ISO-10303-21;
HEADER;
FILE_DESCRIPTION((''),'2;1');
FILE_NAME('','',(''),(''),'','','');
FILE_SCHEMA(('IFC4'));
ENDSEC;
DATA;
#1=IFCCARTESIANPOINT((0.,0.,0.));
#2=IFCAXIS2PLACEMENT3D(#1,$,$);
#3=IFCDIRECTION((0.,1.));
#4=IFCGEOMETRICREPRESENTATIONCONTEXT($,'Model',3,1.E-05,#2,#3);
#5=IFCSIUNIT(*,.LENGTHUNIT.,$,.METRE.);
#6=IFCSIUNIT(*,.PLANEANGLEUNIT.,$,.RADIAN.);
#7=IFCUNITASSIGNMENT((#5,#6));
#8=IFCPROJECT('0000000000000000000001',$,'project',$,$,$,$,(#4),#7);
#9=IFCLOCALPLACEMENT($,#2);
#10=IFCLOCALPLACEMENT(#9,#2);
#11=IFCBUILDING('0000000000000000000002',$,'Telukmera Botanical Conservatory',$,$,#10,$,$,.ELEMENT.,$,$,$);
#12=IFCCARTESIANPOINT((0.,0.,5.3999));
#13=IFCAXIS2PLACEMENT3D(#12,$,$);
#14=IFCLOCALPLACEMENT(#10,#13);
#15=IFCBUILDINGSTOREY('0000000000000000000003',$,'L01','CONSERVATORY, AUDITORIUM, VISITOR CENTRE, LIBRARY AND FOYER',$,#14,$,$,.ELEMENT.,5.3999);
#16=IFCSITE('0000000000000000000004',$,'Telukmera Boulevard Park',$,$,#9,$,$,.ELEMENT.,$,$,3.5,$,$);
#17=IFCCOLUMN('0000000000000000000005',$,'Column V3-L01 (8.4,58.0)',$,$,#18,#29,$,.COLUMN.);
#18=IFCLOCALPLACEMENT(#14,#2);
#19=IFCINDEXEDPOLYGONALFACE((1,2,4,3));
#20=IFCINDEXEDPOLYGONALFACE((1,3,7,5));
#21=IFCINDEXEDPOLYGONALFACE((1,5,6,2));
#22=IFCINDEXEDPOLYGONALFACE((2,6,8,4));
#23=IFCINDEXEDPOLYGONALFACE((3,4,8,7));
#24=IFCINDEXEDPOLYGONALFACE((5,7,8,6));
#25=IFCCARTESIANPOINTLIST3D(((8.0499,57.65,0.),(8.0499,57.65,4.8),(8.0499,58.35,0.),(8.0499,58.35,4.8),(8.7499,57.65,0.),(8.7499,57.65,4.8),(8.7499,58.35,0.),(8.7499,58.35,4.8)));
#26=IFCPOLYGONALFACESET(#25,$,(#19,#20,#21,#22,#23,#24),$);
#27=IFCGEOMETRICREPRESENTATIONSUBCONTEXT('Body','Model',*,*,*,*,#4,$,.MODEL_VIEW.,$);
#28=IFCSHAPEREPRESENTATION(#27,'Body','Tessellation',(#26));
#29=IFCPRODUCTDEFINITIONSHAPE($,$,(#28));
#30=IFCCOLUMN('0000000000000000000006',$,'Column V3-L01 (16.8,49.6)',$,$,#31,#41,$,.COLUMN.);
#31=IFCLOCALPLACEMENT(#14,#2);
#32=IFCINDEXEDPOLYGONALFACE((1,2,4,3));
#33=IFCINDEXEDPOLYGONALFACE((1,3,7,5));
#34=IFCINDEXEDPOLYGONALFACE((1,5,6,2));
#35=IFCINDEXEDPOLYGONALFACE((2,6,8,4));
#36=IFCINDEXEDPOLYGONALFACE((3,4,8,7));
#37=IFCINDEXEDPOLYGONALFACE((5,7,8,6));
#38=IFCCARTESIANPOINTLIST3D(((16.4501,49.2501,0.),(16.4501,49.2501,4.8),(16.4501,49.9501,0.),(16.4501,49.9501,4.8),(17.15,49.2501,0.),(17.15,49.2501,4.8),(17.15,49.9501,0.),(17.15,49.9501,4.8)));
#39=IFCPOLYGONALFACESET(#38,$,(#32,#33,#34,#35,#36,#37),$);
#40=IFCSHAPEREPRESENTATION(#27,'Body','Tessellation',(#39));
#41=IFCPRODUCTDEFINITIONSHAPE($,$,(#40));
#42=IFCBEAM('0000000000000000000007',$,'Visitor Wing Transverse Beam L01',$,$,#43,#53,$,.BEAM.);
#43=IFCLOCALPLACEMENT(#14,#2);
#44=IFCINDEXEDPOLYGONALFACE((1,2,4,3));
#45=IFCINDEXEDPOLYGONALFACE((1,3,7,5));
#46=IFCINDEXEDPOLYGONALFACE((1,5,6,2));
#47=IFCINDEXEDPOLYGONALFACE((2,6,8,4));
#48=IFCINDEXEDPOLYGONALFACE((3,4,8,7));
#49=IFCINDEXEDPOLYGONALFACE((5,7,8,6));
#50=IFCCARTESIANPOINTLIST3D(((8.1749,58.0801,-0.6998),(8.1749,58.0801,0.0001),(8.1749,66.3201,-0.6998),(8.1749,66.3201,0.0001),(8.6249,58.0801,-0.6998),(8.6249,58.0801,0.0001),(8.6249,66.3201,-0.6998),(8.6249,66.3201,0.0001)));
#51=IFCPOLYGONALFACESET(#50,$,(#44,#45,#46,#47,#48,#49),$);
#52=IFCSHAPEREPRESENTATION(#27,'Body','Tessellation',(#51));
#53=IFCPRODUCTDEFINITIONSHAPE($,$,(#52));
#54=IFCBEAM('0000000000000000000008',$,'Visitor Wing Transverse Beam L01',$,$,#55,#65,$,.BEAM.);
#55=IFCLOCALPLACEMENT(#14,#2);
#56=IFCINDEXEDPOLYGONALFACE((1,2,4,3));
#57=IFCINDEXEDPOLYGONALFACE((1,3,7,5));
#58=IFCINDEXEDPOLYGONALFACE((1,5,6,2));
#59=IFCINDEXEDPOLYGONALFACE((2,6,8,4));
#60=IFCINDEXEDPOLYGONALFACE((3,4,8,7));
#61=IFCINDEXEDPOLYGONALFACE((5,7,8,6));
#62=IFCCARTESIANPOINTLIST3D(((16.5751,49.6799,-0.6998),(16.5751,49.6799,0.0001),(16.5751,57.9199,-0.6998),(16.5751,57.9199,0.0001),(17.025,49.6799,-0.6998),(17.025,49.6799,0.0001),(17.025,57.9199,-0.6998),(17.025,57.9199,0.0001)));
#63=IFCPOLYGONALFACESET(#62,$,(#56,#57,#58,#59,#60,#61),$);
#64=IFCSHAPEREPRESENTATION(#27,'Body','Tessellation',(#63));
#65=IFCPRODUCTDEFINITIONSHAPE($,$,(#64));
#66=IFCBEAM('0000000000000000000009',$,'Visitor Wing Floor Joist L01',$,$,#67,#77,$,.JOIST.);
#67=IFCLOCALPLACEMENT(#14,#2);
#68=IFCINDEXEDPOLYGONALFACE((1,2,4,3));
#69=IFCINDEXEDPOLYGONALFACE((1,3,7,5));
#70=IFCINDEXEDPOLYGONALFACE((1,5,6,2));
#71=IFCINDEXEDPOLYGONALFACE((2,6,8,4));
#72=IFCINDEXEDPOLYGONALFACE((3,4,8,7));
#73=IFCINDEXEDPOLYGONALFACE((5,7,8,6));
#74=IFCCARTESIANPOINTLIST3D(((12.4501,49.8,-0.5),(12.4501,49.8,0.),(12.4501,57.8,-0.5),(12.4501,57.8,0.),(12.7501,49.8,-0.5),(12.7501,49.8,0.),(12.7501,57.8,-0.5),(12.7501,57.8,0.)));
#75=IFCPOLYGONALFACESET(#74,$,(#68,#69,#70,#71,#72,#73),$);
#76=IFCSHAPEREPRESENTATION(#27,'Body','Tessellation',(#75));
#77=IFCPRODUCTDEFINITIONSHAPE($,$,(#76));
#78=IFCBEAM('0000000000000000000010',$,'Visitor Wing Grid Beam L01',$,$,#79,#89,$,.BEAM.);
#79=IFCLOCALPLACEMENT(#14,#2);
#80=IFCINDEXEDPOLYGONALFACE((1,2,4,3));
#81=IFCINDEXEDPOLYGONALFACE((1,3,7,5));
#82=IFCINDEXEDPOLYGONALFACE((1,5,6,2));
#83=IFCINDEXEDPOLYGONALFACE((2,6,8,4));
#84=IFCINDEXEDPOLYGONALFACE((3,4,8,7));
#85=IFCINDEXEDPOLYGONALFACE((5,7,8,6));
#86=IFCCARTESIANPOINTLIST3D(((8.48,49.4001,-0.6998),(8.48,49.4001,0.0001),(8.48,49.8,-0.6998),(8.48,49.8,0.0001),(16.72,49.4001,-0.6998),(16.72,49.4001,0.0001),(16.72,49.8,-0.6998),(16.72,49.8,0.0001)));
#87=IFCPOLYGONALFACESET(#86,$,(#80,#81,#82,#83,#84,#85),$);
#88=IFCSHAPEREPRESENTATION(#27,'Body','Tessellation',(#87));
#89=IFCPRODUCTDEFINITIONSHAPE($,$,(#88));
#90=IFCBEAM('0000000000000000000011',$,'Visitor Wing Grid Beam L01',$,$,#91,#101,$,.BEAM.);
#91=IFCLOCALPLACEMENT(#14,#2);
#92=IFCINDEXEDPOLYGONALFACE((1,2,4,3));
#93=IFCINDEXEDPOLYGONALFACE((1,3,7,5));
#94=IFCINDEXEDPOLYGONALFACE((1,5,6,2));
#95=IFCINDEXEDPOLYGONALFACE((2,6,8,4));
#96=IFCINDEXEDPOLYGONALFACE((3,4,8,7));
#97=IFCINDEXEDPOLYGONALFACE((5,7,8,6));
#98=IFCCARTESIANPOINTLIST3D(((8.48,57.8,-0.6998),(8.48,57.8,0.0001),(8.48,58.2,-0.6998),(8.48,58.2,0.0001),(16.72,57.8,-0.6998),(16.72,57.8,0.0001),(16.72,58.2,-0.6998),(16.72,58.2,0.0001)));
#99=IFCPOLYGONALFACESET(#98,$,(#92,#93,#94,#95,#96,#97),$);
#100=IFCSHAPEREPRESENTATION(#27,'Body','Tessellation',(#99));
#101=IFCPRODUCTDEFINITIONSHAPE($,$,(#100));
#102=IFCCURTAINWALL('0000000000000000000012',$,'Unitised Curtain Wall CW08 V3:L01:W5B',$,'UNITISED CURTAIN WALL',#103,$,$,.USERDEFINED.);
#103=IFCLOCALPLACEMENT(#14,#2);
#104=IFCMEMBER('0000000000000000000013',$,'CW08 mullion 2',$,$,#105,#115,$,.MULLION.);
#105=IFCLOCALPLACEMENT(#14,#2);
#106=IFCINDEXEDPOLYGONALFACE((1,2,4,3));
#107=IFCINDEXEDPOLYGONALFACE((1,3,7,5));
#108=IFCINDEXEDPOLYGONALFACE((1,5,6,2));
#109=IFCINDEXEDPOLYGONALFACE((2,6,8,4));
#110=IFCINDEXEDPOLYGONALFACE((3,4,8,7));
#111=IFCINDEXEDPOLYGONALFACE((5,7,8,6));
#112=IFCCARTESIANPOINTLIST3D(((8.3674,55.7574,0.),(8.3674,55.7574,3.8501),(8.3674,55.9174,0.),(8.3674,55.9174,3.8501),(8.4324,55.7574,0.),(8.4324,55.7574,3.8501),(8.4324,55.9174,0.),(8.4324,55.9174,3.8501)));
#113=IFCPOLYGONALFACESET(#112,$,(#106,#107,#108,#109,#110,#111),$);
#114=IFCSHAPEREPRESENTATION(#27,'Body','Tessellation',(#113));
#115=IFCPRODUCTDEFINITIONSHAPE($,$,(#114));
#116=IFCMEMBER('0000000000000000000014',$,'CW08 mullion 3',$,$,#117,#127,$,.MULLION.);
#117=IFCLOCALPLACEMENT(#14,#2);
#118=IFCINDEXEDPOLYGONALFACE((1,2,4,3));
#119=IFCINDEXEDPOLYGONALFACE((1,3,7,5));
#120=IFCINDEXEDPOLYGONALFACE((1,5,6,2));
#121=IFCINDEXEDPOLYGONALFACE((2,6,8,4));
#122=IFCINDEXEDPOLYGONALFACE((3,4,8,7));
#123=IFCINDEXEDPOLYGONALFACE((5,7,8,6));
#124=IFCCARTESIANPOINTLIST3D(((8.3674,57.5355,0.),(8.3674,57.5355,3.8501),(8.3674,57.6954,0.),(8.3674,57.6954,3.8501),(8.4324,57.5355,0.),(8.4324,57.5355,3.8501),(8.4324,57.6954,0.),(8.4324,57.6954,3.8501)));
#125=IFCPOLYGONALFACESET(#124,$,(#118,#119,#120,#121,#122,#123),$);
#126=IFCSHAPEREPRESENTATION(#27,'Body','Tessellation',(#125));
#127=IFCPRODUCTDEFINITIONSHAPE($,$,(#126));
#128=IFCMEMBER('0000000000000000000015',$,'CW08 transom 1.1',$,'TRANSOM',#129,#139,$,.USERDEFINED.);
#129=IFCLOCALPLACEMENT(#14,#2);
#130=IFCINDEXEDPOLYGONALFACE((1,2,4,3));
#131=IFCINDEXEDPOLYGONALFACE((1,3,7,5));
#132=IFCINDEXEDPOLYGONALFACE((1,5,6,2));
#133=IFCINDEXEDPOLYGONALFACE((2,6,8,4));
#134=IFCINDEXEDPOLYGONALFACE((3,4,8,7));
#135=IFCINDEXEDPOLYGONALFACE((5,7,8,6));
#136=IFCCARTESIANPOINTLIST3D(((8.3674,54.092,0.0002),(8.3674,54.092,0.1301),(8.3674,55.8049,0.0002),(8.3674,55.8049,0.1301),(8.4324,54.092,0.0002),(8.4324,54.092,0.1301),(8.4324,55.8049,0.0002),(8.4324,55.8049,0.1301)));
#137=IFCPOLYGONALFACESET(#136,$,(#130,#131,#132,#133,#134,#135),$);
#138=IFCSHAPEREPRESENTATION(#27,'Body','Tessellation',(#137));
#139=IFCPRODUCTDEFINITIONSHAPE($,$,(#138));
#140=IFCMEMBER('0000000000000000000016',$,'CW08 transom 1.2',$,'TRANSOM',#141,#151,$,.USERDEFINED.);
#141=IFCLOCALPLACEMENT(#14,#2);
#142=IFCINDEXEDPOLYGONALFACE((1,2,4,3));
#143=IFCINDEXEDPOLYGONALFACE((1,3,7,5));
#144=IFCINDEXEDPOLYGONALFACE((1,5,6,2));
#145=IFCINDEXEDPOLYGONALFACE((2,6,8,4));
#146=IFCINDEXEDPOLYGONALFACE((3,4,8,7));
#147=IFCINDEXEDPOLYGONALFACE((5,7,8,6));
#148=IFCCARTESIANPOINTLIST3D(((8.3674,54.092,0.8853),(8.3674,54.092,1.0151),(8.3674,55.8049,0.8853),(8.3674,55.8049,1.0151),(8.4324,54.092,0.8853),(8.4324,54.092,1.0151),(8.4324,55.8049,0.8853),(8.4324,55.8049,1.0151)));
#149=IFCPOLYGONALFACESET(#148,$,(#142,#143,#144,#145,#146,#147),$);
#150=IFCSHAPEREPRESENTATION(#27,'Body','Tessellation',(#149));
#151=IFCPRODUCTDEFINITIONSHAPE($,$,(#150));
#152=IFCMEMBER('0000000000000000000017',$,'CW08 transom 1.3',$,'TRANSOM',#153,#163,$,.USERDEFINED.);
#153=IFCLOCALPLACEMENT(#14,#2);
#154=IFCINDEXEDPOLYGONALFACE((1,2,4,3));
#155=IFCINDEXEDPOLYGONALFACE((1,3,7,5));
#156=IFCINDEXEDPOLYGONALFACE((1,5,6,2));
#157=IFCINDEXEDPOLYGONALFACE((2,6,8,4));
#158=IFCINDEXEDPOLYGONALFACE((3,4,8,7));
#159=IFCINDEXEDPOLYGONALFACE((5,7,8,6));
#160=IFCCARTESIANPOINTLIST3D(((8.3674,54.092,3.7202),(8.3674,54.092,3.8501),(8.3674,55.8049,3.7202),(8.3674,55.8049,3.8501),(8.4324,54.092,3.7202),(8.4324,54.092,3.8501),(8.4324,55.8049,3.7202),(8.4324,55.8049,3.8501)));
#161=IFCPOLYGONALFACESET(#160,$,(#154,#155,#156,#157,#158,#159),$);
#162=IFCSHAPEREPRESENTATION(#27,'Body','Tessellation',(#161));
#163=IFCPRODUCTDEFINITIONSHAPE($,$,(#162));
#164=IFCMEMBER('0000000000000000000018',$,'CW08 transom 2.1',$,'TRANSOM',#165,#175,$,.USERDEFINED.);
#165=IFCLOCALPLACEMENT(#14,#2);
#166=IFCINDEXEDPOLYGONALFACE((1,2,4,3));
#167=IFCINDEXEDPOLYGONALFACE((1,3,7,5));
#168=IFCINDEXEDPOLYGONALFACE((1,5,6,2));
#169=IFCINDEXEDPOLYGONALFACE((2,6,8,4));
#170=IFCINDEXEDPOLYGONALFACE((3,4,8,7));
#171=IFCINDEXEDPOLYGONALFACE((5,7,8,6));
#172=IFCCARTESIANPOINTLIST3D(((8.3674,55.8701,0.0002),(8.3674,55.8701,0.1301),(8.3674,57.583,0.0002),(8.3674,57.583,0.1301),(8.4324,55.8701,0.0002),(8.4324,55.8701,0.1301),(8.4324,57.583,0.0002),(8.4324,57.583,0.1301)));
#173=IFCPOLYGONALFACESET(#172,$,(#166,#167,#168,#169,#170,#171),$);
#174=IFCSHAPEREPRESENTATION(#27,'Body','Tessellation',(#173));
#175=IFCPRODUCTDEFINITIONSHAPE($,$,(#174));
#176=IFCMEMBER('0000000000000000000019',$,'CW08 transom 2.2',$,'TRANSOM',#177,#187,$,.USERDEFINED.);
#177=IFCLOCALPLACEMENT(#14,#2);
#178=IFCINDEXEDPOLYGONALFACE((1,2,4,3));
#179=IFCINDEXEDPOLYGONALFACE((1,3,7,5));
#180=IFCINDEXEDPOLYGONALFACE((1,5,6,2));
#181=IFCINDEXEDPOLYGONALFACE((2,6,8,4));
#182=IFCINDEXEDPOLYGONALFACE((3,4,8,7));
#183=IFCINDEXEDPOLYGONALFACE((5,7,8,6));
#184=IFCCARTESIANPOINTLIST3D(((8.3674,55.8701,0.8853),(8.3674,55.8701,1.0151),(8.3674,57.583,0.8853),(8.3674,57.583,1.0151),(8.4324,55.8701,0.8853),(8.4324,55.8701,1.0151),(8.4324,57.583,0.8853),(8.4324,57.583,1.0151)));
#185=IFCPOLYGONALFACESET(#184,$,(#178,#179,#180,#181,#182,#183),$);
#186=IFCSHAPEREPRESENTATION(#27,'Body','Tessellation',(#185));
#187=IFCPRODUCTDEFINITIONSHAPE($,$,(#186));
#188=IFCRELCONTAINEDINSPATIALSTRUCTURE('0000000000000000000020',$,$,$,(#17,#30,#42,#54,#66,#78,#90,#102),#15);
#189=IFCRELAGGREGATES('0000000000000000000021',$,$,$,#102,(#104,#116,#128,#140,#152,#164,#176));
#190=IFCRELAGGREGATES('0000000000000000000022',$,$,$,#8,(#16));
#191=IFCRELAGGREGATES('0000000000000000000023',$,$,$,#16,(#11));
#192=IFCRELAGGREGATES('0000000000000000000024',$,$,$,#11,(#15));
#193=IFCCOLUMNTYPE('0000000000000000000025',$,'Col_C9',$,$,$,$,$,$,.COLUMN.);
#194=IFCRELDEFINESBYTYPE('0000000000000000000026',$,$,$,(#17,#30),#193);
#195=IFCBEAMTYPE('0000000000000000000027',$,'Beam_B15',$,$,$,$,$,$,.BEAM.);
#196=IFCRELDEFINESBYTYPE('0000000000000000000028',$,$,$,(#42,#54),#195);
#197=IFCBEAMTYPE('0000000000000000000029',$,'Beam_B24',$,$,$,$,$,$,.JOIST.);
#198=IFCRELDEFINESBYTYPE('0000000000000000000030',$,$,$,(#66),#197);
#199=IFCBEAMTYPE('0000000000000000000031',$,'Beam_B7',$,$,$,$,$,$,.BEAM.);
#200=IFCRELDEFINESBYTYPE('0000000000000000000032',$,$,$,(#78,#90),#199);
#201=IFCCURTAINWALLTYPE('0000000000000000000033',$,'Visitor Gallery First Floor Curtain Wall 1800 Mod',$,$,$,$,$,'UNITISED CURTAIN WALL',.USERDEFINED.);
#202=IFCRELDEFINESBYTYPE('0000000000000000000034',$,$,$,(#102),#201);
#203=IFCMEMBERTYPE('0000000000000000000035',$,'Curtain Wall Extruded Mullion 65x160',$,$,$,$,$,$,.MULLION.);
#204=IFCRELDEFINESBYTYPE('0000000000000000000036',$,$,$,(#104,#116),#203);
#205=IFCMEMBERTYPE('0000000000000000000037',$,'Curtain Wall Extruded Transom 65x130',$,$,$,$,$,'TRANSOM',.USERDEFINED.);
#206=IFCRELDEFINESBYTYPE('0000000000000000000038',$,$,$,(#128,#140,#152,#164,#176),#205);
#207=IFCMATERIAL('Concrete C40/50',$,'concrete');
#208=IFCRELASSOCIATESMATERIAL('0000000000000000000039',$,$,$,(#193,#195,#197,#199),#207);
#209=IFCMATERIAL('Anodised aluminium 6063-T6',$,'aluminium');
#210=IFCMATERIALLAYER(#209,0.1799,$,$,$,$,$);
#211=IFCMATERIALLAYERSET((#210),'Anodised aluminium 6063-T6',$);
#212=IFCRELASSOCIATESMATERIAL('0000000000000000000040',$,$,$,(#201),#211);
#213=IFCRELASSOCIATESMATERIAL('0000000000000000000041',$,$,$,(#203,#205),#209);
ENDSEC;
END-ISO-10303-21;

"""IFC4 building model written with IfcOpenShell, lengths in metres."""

from ifc_helpers import new_model, si_unit, direction, frame, origin, origin_2d, place, context, subcontext, project, spatial, rectangle, extrude, material, layer, layer_set, material_profile, profile_set, type_object, element, aggregate, save


model = new_model("IFC4")

# Units and contexts
model_context = context("Model", 3, precision=1e-05, world=origin(), true_north=direction((0.0, 1.0)))
body_context = subcontext(model_context, "Body", "Model", "MODEL_VIEW")
ifc_project = project(units=[si_unit("LENGTHUNIT", "METRE"), si_unit("PLANEANGLEUNIT", "RADIAN")], contexts=[model_context])

# Site, building, storey
site_placement = place(None, origin())
site = spatial("IfcSite", under=ifc_project, at=site_placement, Name="Telukmera Boulevard Park", CompositionType="ELEMENT", RefElevation=3.5)
building_placement = place(site_placement, origin())
building = spatial("IfcBuilding", under=site, at=building_placement, Name="Telukmera Botanical Conservatory", CompositionType="ELEMENT")
storey_placement = place(building_placement, frame((0.0, 0.0, 5.3999)))
storey = spatial("IfcBuildingStorey", under=building, at=storey_placement, Name="L01", Description="CONSERVATORY, AUDITORIUM, VISITOR CENTRE, LIBRARY AND FOYER", CompositionType="ELEMENT", Elevation=5.3999)

# Columns
ifc_material_1 = material(Name="Concrete C40/50", Category="concrete")
ifc_material_profile_1 = material_profile(ifc_material_1, rectangle(XDim=0.7, YDim=0.7, at=origin_2d()), Name="RC 700x700")
ifc_profile_set_1 = profile_set([ifc_material_profile_1], Name="Concrete C40/50")
column_type = type_object("IfcColumnType", Name="Col_C9", PredefinedType="COLUMN", material=ifc_profile_set_1)
for number, where, z_axis, x_axis, name in (
    (1, (8.3999, 58.0, 0.0), (0.0, 0.0, 1.0), (1.0, 0.0, 0.0), "Column V3-L01 (8.4,58.0)"),
    (2, (16.8, 49.6001, 0.0), (0.0, 0.0, 1.0), (1.0, 0.0, 0.0), "Column V3-L01 (16.8,49.6)"),
):
    element("IfcColumn", number, at=place(storey_placement, frame(where, z_axis=z_axis, x_axis=x_axis)), inside=storey, type_object=column_type, Name=name, PredefinedType="COLUMN", context=body_context, shape_type="SweptSolid", body=[
        extrude(rectangle(XDim=0.7, YDim=0.7, at=origin_2d()), origin(), (0.0, 0.0, 1.0), 4.8),
    ])

# Beams
ifc_material_profile_2 = material_profile(ifc_material_1, rectangle(XDim=0.45, YDim=0.7, at=origin_2d()), Name="RC 450x700")
ifc_profile_set_2 = profile_set([ifc_material_profile_2], Name="Concrete C40/50")
beam_type_1 = type_object("IfcBeamType", Name="Beam_B15", PredefinedType="BEAM", material=ifc_profile_set_2)
for number, where, z_axis, x_axis, name in (
    (3, (8.3999, 58.0801, -0.3499), (0.0, 1.0, 0.0), (-1.0, 0.0, 0.0), "Visitor Wing Transverse Beam L01"),
    (4, (16.8, 49.6799, -0.3499), (0.0, 1.0, 0.0), (-1.0, 0.0, 0.0), "Visitor Wing Transverse Beam L01"),
):
    element("IfcBeam", number, at=place(storey_placement, frame(where, z_axis=z_axis, x_axis=x_axis)), inside=storey, type_object=beam_type_1, Name=name, PredefinedType="BEAM", context=body_context, shape_type="SweptSolid", body=[
        extrude(rectangle(XDim=0.45, YDim=0.7, at=origin_2d()), origin(), (0.0, 0.0, 1.0), 8.24),
    ])
ifc_material_profile_3 = material_profile(ifc_material_1, rectangle(XDim=0.3, YDim=0.5, at=origin_2d()), Name="RC 300x500")
ifc_profile_set_3 = profile_set([ifc_material_profile_3], Name="Concrete C40/50")
beam_type_2 = type_object("IfcBeamType", Name="Beam_B24", PredefinedType="JOIST", material=ifc_profile_set_3)
beam_placement = place(storey_placement, frame((12.6001, 49.8, -0.25), z_axis=(0.0, 1.0, 0.0), x_axis=(-1.0, 0.0, 0.0)))
element("IfcBeam", 5, at=beam_placement, inside=storey, type_object=beam_type_2, Name="Visitor Wing Floor Joist L01", PredefinedType="JOIST", context=body_context, shape_type="SweptSolid", body=[
    extrude(rectangle(XDim=0.3, YDim=0.5, at=origin_2d()), origin(), (0.0, 0.0, 1.0), 8.0),
])
ifc_material_profile_4 = material_profile(ifc_material_1, rectangle(XDim=0.3999, YDim=0.7, at=origin_2d()), Name="RC 400x700")
ifc_profile_set_4 = profile_set([ifc_material_profile_4], Name="Concrete C40/50")
beam_type_3 = type_object("IfcBeamType", Name="Beam_B7", PredefinedType="BEAM", material=ifc_profile_set_4)
for number, where, z_axis, x_axis, name in (
    (6, (8.48, 49.6001, -0.3499), (1.0, 0.0, 0.0), (0.0, 1.0, 0.0), "Visitor Wing Grid Beam L01"),
    (7, (8.48, 58.0, -0.3499), (1.0, 0.0, 0.0), (0.0, 1.0, 0.0), "Visitor Wing Grid Beam L01"),
):
    element("IfcBeam", number, at=place(storey_placement, frame(where, z_axis=z_axis, x_axis=x_axis)), inside=storey, type_object=beam_type_3, Name=name, PredefinedType="BEAM", context=body_context, shape_type="SweptSolid", body=[
        extrude(rectangle(XDim=0.3999, YDim=0.7, at=origin_2d()), origin(), (0.0, 0.0, 1.0), 8.24),
    ])

# Curtain wall, members
ifc_material_2 = material(Name="Anodised aluminium 6063-T6", Category="aluminium")
ifc_layer_1 = layer(ifc_material_2, 0.1799)
ifc_layer_set_1 = layer_set([ifc_layer_1], Name="Anodised aluminium 6063-T6")
curtain_wall_type = type_object("IfcCurtainWallType", Name="Visitor Gallery First Floor Curtain Wall 1800 Mod", ElementType="UNITISED CURTAIN WALL", PredefinedType="USERDEFINED", material=ifc_layer_set_1)
curtain_wall_placement = place(storey_placement, origin())
curtain_wall = element("IfcCurtainWall", 8, at=curtain_wall_placement, inside=storey, type_object=curtain_wall_type, Name="Unitised Curtain Wall CW08 V3:L01:W5B", ObjectType="UNITISED CURTAIN WALL", PredefinedType="USERDEFINED")
ifc_material_profile_5 = material_profile(ifc_material_2, rectangle(XDim=0.0649, YDim=0.1599, at=origin_2d()), Name="ALU MULL 65x160")
ifc_profile_set_5 = profile_set([ifc_material_profile_5], Name="Anodised aluminium 6063-T6")
member_type_1 = type_object("IfcMemberType", Name="Curtain Wall Extruded Mullion 65x160", PredefinedType="MULLION", material=ifc_profile_set_5)
member_1_placement = place(storey_placement, frame((8.3999, 55.8374, 0.0), z_axis=(0.0, 0.0, 1.0), x_axis=(-1.0, 0.0, 0.0)))
member_1 = element("IfcMember", 9, at=member_1_placement, type_object=member_type_1, Name="CW08 mullion 2", PredefinedType="MULLION", context=body_context, shape_type="SweptSolid", body=[
    extrude(rectangle(XDim=0.0649, YDim=0.1599, at=origin_2d()), origin(), (0.0, 0.0, 1.0), 3.8501),
])
member_2_placement = place(storey_placement, frame((8.3999, 57.6155, 0.0), z_axis=(0.0, 0.0, 1.0), x_axis=(-1.0, 0.0, 0.0)))
member_2 = element("IfcMember", 10, at=member_2_placement, type_object=member_type_1, Name="CW08 mullion 3", PredefinedType="MULLION", context=body_context, shape_type="SweptSolid", body=[
    extrude(rectangle(XDim=0.0649, YDim=0.1599, at=origin_2d()), origin(), (0.0, 0.0, 1.0), 3.8501),
])
ifc_material_profile_6 = material_profile(ifc_material_2, rectangle(XDim=0.0649, YDim=0.1299, at=origin_2d()), Name="ALU TRAN 65x130")
ifc_profile_set_6 = profile_set([ifc_material_profile_6], Name="Anodised aluminium 6063-T6")
member_type_2 = type_object("IfcMemberType", Name="Curtain Wall Extruded Transom 65x130", ElementType="TRANSOM", PredefinedType="USERDEFINED", material=ifc_profile_set_6)
member_3_placement = place(storey_placement, frame((8.3999, 54.092, 0.0652), z_axis=(0.0, 1.0, 0.0), x_axis=(-1.0, 0.0, 0.0)))
member_3 = element("IfcMember", 11, at=member_3_placement, type_object=member_type_2, Name="CW08 transom 1.1", ObjectType="TRANSOM", PredefinedType="USERDEFINED", context=body_context, shape_type="SweptSolid", body=[
    extrude(rectangle(XDim=0.0649, YDim=0.1299, at=origin_2d()), origin(), (0.0, 0.0, 1.0), 1.7129),
])
member_4_placement = place(storey_placement, frame((8.3999, 54.092, 0.9502), z_axis=(0.0, 1.0, 0.0), x_axis=(-1.0, 0.0, 0.0)))
member_4 = element("IfcMember", 12, at=member_4_placement, type_object=member_type_2, Name="CW08 transom 1.2", ObjectType="TRANSOM", PredefinedType="USERDEFINED", context=body_context, shape_type="SweptSolid", body=[
    extrude(rectangle(XDim=0.0649, YDim=0.1299, at=origin_2d()), origin(), (0.0, 0.0, 1.0), 1.7129),
])
member_5_placement = place(storey_placement, frame((8.3999, 54.092, 3.7852), z_axis=(0.0, 1.0, 0.0), x_axis=(-1.0, 0.0, 0.0)))
member_5 = element("IfcMember", 13, at=member_5_placement, type_object=member_type_2, Name="CW08 transom 1.3", ObjectType="TRANSOM", PredefinedType="USERDEFINED", context=body_context, shape_type="SweptSolid", body=[
    extrude(rectangle(XDim=0.0649, YDim=0.1299, at=origin_2d()), origin(), (0.0, 0.0, 1.0), 1.7129),
])
member_6_placement = place(storey_placement, frame((8.3999, 55.8701, 0.0652), z_axis=(0.0, 1.0, 0.0), x_axis=(-1.0, 0.0, 0.0)))
member_6 = element("IfcMember", 14, at=member_6_placement, type_object=member_type_2, Name="CW08 transom 2.1", ObjectType="TRANSOM", PredefinedType="USERDEFINED", context=body_context, shape_type="SweptSolid", body=[
    extrude(rectangle(XDim=0.0649, YDim=0.1299, at=origin_2d()), origin(), (0.0, 0.0, 1.0), 1.7129),
])
member_7_placement = place(storey_placement, frame((8.3999, 55.8701, 0.9502), z_axis=(0.0, 1.0, 0.0), x_axis=(-1.0, 0.0, 0.0)))
member_7 = element("IfcMember", 15, at=member_7_placement, type_object=member_type_2, Name="CW08 transom 2.2", ObjectType="TRANSOM", PredefinedType="USERDEFINED", context=body_context, shape_type="SweptSolid", body=[
    extrude(rectangle(XDim=0.0649, YDim=0.1299, at=origin_2d()), origin(), (0.0, 0.0, 1.0), 1.7129),
])
aggregate(curtain_wall, [member_1, member_2, member_3, member_4, member_5, member_6, member_7])

save(model, "model.ifc")
